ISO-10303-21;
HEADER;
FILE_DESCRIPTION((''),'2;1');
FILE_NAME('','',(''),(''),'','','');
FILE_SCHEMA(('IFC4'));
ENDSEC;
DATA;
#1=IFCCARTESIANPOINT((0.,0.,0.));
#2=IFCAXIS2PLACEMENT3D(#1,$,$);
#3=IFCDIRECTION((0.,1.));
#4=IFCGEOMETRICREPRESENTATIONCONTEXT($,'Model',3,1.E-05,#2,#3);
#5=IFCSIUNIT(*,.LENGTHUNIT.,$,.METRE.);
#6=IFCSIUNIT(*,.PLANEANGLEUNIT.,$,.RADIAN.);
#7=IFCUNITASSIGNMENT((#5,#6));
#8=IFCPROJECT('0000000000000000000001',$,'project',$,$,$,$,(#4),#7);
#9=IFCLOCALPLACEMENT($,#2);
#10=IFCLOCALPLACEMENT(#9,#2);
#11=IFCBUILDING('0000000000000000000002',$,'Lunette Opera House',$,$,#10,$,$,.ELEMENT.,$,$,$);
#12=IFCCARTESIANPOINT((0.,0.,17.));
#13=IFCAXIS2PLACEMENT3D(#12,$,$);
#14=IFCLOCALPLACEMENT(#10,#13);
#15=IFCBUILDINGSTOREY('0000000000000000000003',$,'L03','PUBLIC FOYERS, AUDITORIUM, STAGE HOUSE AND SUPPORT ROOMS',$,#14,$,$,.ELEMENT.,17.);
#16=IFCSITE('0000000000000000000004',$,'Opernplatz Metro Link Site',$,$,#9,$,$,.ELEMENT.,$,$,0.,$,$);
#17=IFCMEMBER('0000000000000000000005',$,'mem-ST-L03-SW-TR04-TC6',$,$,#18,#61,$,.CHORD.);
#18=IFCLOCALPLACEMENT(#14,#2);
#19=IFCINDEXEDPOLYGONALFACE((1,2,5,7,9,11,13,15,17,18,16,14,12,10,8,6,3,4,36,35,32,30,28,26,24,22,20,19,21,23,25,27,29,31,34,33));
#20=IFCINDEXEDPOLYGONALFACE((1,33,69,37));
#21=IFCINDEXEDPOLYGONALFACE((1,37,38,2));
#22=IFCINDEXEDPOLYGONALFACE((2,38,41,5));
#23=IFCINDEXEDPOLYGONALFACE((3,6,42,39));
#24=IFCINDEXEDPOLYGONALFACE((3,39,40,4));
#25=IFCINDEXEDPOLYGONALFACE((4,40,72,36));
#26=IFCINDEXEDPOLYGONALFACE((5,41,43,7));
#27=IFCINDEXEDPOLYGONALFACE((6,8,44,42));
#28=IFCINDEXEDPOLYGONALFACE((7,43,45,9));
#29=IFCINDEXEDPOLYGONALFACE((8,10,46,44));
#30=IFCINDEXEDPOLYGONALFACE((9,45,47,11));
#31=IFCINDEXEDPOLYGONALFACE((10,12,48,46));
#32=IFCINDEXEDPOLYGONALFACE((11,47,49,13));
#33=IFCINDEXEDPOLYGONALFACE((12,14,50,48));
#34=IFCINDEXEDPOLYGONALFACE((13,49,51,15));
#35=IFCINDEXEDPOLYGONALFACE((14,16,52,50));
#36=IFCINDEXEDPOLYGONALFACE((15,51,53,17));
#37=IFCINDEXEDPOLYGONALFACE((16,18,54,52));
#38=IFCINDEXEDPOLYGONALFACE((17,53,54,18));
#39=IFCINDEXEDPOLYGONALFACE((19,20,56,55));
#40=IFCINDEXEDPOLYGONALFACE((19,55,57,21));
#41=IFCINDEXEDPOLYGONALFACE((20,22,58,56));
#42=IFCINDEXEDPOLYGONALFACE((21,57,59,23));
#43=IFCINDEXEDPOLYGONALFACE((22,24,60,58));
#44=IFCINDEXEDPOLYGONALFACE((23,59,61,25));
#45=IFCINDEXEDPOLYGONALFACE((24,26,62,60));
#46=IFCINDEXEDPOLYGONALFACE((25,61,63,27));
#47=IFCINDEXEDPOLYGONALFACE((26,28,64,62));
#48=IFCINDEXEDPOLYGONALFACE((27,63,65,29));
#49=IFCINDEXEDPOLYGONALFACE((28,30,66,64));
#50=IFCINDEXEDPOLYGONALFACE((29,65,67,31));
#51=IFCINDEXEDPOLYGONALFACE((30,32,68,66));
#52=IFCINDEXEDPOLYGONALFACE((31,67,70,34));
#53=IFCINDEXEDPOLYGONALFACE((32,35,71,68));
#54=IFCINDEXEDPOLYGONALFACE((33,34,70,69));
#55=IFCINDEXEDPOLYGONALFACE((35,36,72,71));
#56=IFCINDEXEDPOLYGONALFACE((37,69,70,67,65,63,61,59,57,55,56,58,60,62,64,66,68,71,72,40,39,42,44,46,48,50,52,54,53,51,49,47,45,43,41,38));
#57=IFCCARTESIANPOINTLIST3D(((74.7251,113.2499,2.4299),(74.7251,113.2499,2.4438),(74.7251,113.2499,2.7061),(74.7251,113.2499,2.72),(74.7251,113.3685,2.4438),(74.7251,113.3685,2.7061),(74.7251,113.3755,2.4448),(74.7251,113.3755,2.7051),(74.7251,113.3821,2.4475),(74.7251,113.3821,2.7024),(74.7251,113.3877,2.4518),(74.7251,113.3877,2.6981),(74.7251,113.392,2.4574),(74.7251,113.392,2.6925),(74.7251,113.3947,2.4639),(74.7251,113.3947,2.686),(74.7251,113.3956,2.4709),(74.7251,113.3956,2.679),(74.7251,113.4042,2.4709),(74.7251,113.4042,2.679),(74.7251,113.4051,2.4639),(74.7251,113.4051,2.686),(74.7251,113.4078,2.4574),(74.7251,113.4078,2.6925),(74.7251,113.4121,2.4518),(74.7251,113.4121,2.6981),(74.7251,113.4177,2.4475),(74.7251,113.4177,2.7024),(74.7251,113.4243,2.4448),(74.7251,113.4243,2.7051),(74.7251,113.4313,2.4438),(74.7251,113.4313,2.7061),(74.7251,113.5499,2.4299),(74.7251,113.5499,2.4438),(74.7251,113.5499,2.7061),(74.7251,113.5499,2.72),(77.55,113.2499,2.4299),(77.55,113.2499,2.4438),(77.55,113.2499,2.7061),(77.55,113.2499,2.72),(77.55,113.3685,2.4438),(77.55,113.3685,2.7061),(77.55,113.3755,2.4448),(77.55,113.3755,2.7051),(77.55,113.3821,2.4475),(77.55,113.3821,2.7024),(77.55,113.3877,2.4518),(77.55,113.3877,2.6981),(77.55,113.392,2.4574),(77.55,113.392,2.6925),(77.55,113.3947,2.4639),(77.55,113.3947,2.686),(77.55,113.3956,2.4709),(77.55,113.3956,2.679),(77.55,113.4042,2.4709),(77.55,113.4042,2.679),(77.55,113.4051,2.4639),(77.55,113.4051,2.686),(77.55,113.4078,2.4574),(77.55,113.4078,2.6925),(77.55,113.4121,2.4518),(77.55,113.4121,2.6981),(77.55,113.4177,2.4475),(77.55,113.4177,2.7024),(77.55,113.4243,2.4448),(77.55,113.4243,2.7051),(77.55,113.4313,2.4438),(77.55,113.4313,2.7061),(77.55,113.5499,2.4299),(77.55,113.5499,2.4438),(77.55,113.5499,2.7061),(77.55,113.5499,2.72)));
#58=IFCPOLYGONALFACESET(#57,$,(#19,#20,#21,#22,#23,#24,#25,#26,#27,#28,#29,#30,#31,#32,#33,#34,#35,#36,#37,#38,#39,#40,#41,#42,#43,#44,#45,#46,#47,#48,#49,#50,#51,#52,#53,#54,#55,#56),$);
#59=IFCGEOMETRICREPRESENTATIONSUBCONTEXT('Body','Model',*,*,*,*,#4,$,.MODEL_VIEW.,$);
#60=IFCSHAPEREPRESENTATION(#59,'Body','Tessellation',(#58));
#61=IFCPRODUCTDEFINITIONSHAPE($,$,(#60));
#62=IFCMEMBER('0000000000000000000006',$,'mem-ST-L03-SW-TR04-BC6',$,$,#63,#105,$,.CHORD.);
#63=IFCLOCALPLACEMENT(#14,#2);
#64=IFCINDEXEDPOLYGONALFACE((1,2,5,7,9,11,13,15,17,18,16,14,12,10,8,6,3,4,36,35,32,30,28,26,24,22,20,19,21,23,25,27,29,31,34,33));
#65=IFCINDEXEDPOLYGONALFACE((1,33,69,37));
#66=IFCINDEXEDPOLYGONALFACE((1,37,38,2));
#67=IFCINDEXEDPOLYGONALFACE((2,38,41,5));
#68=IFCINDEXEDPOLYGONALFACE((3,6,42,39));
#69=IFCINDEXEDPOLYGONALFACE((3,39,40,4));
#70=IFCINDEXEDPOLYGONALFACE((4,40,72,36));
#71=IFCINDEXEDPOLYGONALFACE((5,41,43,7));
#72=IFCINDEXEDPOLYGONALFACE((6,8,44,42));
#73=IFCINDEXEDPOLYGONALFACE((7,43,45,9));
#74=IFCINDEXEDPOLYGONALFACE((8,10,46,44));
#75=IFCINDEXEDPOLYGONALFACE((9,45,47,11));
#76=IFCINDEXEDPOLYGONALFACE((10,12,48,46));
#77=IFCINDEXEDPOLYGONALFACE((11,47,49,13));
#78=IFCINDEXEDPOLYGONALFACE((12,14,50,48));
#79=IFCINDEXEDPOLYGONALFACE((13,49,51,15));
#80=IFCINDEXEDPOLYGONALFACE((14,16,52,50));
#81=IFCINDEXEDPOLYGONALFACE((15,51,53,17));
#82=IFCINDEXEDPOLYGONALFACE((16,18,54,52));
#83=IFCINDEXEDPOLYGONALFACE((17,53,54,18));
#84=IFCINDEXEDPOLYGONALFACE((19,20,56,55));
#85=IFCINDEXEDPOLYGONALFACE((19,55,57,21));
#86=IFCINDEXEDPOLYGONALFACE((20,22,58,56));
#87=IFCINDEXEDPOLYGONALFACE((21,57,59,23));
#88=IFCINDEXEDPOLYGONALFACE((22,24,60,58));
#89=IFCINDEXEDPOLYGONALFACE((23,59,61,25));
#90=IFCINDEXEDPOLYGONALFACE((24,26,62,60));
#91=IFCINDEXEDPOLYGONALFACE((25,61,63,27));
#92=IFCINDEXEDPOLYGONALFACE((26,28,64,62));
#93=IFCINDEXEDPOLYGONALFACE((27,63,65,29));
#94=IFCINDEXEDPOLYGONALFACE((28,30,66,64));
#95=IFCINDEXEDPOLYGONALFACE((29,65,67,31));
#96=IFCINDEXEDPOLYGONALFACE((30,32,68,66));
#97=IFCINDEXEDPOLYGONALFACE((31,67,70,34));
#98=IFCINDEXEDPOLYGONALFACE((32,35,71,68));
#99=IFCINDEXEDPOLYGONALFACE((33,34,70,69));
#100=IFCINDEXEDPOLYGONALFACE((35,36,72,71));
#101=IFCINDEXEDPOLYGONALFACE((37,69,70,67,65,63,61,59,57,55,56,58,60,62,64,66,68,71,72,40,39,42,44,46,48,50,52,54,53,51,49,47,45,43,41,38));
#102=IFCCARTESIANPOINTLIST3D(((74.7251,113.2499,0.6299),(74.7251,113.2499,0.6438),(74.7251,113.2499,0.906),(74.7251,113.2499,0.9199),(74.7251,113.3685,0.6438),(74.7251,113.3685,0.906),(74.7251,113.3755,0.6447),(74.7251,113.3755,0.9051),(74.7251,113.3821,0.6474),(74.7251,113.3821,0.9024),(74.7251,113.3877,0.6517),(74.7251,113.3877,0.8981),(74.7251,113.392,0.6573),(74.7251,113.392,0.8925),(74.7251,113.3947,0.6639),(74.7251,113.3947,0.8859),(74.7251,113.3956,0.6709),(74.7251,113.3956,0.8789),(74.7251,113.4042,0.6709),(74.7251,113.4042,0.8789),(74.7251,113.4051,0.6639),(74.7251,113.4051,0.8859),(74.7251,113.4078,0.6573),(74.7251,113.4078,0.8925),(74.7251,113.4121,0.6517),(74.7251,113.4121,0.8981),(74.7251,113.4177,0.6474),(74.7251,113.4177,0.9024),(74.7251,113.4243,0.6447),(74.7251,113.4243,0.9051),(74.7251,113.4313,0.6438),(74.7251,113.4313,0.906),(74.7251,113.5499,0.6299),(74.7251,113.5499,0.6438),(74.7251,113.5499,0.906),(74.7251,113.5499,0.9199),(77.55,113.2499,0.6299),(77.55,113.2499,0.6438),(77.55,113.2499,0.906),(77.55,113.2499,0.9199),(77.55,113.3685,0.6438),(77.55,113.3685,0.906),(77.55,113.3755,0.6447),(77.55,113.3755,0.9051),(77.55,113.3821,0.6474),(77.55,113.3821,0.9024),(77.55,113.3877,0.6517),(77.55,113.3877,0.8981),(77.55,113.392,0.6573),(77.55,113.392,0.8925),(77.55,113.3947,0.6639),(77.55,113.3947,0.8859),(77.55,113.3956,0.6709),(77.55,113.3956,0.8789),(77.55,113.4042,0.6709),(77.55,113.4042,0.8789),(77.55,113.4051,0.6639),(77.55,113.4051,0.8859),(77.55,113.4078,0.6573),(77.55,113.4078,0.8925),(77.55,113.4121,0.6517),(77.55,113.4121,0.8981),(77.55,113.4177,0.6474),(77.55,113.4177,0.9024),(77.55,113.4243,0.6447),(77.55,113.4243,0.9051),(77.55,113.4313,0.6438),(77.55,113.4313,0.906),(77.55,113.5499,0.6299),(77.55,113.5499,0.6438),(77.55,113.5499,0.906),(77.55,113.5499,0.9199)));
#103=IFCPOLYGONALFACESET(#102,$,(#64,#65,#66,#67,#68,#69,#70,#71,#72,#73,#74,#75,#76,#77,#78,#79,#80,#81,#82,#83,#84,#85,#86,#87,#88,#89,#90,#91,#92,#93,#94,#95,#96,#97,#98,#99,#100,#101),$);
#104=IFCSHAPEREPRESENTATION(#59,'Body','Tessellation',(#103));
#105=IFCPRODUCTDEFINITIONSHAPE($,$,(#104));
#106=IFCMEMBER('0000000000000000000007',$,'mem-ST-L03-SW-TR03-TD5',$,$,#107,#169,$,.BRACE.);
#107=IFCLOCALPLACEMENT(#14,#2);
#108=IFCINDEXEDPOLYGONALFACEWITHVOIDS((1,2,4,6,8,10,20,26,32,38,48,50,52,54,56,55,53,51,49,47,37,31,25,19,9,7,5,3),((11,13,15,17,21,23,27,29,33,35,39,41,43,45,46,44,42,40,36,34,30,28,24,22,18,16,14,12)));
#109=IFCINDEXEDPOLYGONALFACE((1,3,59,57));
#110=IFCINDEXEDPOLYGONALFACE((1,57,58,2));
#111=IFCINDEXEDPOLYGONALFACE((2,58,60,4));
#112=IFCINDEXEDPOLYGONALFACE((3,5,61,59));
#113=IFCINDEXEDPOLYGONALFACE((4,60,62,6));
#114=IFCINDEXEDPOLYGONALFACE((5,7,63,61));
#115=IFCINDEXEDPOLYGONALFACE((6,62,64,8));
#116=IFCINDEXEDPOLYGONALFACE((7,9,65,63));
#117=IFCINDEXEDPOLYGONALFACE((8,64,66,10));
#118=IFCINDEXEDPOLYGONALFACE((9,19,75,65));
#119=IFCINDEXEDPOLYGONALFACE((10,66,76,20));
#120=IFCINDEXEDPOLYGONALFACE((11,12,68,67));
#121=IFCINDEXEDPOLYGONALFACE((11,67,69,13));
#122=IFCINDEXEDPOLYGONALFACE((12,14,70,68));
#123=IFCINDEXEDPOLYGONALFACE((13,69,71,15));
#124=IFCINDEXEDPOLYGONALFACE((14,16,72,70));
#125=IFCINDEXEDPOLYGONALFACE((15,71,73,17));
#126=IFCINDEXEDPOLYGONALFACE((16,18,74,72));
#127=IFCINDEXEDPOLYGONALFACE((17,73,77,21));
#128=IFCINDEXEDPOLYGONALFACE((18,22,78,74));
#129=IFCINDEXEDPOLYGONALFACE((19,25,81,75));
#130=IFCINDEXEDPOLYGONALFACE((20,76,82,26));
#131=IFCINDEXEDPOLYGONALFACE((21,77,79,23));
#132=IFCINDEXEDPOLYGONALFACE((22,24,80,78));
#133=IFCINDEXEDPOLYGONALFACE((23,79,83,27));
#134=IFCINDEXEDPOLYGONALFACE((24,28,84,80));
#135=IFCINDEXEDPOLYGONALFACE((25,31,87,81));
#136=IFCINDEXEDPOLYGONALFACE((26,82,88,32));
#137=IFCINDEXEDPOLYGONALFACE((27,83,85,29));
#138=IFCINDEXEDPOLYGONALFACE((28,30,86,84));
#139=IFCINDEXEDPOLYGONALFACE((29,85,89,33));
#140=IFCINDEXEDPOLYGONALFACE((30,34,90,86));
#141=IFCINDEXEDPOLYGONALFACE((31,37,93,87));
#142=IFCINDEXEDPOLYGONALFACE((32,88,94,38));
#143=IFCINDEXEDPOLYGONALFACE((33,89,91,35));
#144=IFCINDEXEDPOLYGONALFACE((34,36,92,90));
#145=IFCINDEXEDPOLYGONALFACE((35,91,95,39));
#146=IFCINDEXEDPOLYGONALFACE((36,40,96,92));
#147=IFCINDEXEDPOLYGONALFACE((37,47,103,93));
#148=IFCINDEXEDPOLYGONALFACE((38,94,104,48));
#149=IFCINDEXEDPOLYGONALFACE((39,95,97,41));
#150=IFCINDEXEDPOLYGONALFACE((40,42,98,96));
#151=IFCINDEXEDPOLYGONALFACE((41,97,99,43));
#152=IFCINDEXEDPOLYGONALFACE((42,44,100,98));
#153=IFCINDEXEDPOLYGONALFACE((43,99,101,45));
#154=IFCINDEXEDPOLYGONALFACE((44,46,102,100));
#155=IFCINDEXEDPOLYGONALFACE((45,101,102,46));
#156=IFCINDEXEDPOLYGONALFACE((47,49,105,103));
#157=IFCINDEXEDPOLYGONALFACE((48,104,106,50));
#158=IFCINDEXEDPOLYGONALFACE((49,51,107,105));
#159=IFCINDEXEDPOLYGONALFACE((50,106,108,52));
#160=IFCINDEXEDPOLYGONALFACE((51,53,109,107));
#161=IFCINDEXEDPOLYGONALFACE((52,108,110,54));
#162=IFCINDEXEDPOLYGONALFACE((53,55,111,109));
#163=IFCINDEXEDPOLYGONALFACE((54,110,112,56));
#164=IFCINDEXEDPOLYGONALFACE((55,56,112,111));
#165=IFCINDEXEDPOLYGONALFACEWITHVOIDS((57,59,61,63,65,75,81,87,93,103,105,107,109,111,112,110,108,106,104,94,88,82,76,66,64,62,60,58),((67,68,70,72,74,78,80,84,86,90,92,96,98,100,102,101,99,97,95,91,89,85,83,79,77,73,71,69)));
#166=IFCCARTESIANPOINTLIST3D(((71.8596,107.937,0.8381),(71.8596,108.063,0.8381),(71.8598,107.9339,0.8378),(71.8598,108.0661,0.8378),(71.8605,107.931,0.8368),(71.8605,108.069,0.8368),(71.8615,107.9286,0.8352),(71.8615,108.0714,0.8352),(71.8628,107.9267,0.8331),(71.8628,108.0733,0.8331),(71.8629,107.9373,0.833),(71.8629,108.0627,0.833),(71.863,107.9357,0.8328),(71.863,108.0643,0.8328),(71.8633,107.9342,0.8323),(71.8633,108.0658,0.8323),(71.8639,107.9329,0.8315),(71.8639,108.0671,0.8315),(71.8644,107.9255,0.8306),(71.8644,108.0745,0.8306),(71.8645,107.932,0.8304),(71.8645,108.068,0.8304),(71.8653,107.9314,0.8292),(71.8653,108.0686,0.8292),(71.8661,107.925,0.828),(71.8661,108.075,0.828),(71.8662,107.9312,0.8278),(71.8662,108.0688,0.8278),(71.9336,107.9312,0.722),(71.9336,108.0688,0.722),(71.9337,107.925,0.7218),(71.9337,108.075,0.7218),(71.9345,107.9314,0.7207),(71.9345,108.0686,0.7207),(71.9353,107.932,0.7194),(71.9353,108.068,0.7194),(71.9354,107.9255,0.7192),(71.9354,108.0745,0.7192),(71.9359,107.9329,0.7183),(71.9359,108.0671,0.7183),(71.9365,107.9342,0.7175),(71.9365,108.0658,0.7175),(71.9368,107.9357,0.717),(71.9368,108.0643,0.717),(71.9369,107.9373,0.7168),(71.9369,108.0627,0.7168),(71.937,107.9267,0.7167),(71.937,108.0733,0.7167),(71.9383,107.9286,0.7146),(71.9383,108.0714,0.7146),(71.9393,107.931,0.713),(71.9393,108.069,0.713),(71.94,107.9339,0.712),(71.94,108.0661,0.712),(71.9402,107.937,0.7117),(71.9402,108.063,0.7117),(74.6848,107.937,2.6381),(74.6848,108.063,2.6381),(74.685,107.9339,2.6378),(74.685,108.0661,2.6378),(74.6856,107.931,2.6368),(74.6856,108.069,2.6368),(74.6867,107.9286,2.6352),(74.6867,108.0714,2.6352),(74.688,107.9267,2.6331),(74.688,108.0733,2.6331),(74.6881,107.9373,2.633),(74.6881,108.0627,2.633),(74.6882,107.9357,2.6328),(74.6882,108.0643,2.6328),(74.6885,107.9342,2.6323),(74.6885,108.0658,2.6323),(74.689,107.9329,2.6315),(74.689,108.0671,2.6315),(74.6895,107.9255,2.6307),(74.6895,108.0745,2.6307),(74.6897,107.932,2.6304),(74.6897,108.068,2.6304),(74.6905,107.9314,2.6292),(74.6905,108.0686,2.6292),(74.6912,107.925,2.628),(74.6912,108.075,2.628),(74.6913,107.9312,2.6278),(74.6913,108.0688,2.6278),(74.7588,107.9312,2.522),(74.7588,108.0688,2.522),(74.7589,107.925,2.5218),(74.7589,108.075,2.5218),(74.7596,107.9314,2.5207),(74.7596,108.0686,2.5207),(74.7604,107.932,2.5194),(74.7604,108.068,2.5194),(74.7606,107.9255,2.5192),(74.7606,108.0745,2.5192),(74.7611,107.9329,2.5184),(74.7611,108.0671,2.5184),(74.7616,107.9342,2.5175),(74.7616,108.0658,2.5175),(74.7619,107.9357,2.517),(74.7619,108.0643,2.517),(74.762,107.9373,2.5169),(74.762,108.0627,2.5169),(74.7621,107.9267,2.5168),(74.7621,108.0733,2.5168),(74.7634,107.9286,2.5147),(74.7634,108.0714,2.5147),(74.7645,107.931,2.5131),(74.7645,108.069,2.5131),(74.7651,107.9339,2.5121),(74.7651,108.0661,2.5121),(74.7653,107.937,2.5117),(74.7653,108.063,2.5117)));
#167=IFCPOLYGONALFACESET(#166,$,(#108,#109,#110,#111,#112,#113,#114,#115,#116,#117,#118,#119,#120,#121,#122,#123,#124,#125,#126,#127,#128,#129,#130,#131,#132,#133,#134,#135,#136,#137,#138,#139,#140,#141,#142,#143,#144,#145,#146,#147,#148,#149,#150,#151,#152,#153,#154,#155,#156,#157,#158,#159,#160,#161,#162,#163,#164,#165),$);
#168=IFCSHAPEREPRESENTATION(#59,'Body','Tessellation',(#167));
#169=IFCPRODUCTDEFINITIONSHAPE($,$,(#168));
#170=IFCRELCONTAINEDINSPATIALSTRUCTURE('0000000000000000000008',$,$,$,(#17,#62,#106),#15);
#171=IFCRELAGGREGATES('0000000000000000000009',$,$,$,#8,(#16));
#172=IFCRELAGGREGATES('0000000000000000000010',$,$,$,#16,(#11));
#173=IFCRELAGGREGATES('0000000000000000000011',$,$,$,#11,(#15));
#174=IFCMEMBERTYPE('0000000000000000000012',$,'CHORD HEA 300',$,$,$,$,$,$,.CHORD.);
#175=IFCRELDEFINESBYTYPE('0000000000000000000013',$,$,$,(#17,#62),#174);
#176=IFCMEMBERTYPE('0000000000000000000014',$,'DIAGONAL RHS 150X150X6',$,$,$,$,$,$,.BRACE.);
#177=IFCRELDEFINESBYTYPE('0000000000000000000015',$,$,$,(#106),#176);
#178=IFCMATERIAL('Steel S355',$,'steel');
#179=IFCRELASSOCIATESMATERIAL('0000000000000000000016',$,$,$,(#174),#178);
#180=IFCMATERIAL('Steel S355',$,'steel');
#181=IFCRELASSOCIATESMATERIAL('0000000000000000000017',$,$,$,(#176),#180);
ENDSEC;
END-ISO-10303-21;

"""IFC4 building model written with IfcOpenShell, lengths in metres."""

from ifc_helpers import new_model, si_unit, direction, frame, origin, origin_2d, place, context, subcontext, project, spatial, hollow_rectangle, i_section, extrude, material, material_profile, profile_set, type_object, element, save


model = new_model("IFC4")

# Units and contexts
model_context = context("Model", 3, precision=1e-05, world=origin(), true_north=direction((0.0, 1.0)))
body_context = subcontext(model_context, "Body", "Model", "MODEL_VIEW")
ifc_project = project(units=[si_unit("LENGTHUNIT", "METRE"), si_unit("PLANEANGLEUNIT", "RADIAN")], contexts=[model_context])

# Site, building, storey
site_placement = place(None, origin())
site = spatial("IfcSite", under=ifc_project, at=site_placement, Name="Opernplatz Metro Link Site", CompositionType="ELEMENT", RefElevation=0.0)
building_placement = place(site_placement, origin())
building = spatial("IfcBuilding", under=site, at=building_placement, Name="Lunette Opera House", CompositionType="ELEMENT")
storey_placement = place(building_placement, frame((0.0, 0.0, 17.0)))
storey = spatial("IfcBuildingStorey", under=building, at=storey_placement, Name="L03", Description="PUBLIC FOYERS, AUDITORIUM, STAGE HOUSE AND SUPPORT ROOMS", CompositionType="ELEMENT", Elevation=17.0)

# Members
ifc_material_1 = material(Name="Steel S355", Category="steel")
ifc_material_profile_1 = material_profile(ifc_material_1, i_section(OverallWidth=0.3, OverallDepth=0.29, WebThickness=0.0085, FlangeThickness=0.0139, FilletRadius=0.0271, at=origin_2d()), Name="HEA 300")
ifc_profile_set_1 = profile_set([ifc_material_profile_1], Name="Steel S355")
member_type_1 = type_object("IfcMemberType", Name="CHORD HEA 300", PredefinedType="CHORD", material=ifc_profile_set_1)
for number, where, z_axis, x_axis, name in (
    (1, (74.7251, 113.3999, 2.575), (1.0, 0.0, 0.0), (0.0, 1.0, 0.0), "mem-ST-L03-SW-TR04-TC6"),
    (2, (74.7251, 113.3999, 0.7749), (1.0, 0.0, 0.0), (0.0, 1.0, 0.0), "mem-ST-L03-SW-TR04-BC6"),
):
    element("IfcMember", number, at=place(storey_placement, frame(where, z_axis=z_axis, x_axis=x_axis)), inside=storey, type_object=member_type_1, Name=name, PredefinedType="CHORD", context=body_context, shape_type="SweptSolid", body=[
        extrude(i_section(OverallWidth=0.3, OverallDepth=0.29, WebThickness=0.0085, FlangeThickness=0.0139, FilletRadius=0.0271, at=origin_2d()), origin(), (0.0, 0.0, 1.0), 2.825),
    ])
ifc_material_2 = material(Name="Steel S355", Category="steel")
ifc_material_profile_2 = material_profile(ifc_material_2, hollow_rectangle(XDim=0.1499, YDim=0.1499, WallThickness=0.0061, InnerFilletRadius=0.0061, OuterFilletRadius=0.012, at=origin_2d()), Name="RHS 150X150X6")
ifc_profile_set_2 = profile_set([ifc_material_profile_2], Name="Steel S355")
member_type_2 = type_object("IfcMemberType", Name="DIAGONAL RHS 150X150X6", PredefinedType="BRACE", material=ifc_profile_set_2)
member_1_placement = place(storey_placement, frame((71.8999, 108.0, 0.7749), z_axis=(0.843364, 0.0, 0.537342), x_axis=(0.0, 1.0, 0.0)))
element("IfcMember", 3, at=member_1_placement, inside=storey, type_object=member_type_2, Name="mem-ST-L03-SW-TR03-TD5", PredefinedType="BRACE", context=body_context, shape_type="SweptSolid", body=[
    extrude(hollow_rectangle(XDim=0.1499, YDim=0.1499, WallThickness=0.0061, InnerFilletRadius=0.0061, OuterFilletRadius=0.012, at=origin_2d()), origin(), (0.0, 0.0, 1.0), 3.3499),
])

save(model, "model.ifc")
